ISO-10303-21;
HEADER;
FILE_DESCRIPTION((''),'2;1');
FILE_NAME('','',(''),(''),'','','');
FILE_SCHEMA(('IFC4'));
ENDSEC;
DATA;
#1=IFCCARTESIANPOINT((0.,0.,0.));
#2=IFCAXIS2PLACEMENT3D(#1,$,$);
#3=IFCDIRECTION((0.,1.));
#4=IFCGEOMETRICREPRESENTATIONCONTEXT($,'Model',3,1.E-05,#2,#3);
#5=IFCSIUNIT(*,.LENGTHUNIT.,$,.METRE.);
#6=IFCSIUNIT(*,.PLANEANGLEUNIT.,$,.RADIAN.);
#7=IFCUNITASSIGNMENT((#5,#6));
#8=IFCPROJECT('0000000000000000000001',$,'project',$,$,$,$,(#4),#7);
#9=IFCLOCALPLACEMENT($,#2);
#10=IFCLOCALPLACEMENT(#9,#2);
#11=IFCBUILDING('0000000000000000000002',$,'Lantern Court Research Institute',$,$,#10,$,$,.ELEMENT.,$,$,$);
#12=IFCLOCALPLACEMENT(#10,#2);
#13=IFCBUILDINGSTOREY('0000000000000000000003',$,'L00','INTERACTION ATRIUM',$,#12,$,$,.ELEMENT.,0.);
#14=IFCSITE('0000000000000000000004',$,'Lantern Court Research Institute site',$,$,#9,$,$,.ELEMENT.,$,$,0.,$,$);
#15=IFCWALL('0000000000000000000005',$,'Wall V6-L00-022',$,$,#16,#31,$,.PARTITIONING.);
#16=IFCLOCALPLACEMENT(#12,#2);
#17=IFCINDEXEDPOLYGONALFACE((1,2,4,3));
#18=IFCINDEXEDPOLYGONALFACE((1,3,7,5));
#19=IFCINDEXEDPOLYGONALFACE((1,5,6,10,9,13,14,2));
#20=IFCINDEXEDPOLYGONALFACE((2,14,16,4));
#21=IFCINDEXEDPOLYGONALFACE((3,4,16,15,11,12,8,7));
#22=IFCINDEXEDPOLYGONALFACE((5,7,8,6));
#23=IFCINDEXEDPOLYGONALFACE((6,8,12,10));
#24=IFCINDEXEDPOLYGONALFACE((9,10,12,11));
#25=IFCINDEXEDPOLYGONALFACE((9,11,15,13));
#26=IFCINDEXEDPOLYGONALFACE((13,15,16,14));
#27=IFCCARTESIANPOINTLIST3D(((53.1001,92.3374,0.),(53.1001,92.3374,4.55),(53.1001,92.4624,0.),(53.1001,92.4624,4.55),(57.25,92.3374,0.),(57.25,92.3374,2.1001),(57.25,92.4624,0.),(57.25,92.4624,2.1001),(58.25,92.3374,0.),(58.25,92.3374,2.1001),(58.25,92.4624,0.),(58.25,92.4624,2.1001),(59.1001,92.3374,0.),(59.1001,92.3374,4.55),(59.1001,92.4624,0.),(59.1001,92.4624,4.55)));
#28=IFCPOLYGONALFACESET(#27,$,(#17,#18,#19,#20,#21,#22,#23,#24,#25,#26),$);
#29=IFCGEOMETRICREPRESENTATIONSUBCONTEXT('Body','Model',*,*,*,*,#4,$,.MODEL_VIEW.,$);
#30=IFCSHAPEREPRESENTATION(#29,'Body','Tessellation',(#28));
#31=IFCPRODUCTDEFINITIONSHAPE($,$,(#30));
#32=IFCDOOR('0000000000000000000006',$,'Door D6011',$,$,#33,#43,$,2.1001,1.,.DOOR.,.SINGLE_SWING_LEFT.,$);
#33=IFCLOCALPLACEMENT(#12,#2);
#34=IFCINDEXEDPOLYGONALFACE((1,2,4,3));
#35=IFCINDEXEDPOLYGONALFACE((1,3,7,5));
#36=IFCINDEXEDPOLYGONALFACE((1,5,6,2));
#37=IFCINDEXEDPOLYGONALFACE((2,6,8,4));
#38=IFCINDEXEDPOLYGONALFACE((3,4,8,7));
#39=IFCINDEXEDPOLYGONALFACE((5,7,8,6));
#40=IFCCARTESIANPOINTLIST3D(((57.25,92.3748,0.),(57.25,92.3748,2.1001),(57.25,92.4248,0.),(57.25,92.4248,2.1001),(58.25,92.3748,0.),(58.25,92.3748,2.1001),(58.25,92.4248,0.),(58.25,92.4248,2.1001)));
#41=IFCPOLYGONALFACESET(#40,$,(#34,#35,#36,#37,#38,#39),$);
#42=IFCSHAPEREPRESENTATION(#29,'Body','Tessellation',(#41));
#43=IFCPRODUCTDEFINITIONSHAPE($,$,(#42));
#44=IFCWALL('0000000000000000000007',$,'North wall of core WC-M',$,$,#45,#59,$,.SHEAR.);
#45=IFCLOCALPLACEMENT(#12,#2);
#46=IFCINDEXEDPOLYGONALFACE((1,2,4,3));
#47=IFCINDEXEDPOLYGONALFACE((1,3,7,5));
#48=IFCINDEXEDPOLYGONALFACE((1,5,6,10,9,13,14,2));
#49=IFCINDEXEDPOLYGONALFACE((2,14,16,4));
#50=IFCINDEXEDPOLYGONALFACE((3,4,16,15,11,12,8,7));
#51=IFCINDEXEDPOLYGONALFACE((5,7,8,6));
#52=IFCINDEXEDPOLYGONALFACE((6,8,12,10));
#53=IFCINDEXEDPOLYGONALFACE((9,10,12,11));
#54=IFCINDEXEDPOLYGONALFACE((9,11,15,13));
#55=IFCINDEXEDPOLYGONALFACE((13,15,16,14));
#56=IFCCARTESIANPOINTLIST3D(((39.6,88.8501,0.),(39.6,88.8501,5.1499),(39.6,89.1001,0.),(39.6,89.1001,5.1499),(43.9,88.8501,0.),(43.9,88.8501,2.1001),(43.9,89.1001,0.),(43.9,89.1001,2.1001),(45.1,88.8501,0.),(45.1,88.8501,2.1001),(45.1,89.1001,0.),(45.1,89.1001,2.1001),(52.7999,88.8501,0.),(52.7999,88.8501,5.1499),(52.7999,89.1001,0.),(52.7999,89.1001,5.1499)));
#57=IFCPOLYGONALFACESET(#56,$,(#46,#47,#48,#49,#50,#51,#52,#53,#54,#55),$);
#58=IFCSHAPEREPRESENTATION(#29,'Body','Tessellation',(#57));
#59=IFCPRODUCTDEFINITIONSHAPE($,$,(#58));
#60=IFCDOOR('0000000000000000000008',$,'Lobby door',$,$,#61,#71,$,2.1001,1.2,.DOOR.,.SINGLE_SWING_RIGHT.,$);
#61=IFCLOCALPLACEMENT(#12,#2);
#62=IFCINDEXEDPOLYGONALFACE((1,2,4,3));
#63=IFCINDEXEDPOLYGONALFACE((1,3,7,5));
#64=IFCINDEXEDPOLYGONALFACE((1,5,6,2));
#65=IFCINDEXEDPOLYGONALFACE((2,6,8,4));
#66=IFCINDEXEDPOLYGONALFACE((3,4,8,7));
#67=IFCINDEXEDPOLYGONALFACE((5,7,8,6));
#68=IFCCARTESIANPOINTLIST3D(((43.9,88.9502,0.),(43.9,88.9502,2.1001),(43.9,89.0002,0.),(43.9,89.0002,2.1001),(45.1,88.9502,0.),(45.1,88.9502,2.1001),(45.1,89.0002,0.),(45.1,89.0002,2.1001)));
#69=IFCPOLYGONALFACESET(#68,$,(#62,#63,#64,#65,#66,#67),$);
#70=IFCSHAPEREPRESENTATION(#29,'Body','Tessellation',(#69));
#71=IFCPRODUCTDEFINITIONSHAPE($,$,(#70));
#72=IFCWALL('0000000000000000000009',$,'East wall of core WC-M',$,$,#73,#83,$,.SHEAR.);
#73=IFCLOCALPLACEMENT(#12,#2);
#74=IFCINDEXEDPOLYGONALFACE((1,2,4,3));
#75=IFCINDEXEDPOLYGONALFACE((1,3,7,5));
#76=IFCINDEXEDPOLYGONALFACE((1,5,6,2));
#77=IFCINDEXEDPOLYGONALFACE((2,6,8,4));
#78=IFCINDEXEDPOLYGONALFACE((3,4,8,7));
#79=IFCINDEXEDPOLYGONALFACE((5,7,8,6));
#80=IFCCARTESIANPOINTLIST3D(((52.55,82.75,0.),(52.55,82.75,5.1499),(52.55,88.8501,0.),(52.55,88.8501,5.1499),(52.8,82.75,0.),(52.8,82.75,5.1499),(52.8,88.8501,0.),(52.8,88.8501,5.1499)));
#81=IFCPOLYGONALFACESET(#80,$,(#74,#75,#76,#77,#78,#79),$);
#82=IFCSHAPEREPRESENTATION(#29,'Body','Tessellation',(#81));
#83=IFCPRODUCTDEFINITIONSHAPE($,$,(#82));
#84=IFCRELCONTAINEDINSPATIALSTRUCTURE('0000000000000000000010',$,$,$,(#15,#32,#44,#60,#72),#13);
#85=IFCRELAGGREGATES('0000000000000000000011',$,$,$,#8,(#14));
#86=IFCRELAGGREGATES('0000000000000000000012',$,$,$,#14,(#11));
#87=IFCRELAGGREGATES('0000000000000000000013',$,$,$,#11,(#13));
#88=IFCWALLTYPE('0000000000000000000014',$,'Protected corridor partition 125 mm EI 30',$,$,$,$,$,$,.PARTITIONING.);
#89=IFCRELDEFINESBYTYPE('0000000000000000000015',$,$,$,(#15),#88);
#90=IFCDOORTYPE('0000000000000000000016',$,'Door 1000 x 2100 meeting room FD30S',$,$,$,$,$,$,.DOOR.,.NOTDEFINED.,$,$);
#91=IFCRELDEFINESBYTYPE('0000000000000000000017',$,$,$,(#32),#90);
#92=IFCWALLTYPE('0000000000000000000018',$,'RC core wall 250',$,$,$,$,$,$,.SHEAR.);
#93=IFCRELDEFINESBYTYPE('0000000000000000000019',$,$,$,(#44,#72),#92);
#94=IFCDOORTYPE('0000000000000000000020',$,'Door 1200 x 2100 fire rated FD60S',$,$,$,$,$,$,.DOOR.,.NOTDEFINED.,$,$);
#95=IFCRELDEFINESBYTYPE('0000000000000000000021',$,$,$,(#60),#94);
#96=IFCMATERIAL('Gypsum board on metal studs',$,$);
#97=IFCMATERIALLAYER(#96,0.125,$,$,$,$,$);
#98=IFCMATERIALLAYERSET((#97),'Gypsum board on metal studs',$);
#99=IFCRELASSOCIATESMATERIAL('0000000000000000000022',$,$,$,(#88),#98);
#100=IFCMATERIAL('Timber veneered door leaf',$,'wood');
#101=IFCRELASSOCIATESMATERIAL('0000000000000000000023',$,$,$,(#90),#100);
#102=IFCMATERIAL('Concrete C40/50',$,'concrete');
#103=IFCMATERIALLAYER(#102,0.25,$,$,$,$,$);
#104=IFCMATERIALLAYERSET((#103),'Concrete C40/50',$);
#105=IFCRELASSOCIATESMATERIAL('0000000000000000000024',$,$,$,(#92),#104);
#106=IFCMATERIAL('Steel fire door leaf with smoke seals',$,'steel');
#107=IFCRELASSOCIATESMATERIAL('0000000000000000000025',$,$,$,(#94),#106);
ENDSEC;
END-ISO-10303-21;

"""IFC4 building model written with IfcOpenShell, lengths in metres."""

from ifc_helpers import new_model, si_unit, direction, frame, frame_2d, origin, place, context, subcontext, project, spatial, rectangle, extrude, material, layer, layer_set, type_object, element, fill, save


model = new_model("IFC4")

# Units and contexts
model_context = context("Model", 3, precision=1e-05, world=origin(), true_north=direction((0.0, 1.0)))
body_context = subcontext(model_context, "Body", "Model", "MODEL_VIEW")
ifc_project = project(units=[si_unit("LENGTHUNIT", "METRE"), si_unit("PLANEANGLEUNIT", "RADIAN")], contexts=[model_context])

# Site, building, storey
site_placement = place(None, origin())
site = spatial("IfcSite", under=ifc_project, at=site_placement, Name="Lantern Court Research Institute site", CompositionType="ELEMENT", RefElevation=0.0)
building_placement = place(site_placement, origin())
building = spatial("IfcBuilding", under=site, at=building_placement, Name="Lantern Court Research Institute", CompositionType="ELEMENT")
storey_placement = place(building_placement, origin())
storey = spatial("IfcBuildingStorey", under=building, at=storey_placement, Name="L00", Description="INTERACTION ATRIUM", CompositionType="ELEMENT", Elevation=0.0)

# Shared definitions
ifc_material_1 = material(Name="Gypsum board on metal studs")
ifc_layer_1 = layer(ifc_material_1, 0.125)
ifc_layer_set_1 = layer_set([ifc_layer_1], Name="Gypsum board on metal studs")
wall_type_1 = type_object("IfcWallType", Name="Protected corridor partition 125 mm EI 30", PredefinedType="PARTITIONING", material=ifc_layer_set_1)

# Walls, openings, doors
wall_1_placement = place(storey_placement, frame((53.1001, 92.3999, 0.0), z_axis=(0.0, 0.0, 1.0), x_axis=(1.0, 0.0, 0.0)))
wall_1 = element("IfcWall", 1, at=wall_1_placement, inside=storey, type_object=wall_type_1, Name="Wall V6-L00-022", PredefinedType="PARTITIONING", context=body_context, shape_type="SweptSolid", body=[
    extrude(rectangle(XDim=6.0, YDim=0.125, at=frame_2d((3.0, 0.0))), origin(), (0.0, 0.0, 1.0), 4.55),
])
opening_1_placement = place(wall_1_placement, frame((4.1499, 0.0, 0.0)))
opening_1 = element("IfcOpeningElement", 2, at=opening_1_placement, cuts=wall_1, PredefinedType="OPENING", context=body_context, shape_type="SweptSolid", body=[
    extrude(rectangle(XDim=1.0, YDim=2.1001, at=frame_2d((0.5, 1.05))), frame((0.0, 0.0725, 0.0), z_axis=(0.0, -1.0, 0.0), x_axis=(1.0, 0.0, 0.0)), (0.0, 0.0, 1.0), 0.145),
])
ifc_material_2 = material(Name="Timber veneered door leaf", Category="wood")
door_type_1 = type_object("IfcDoorType", Name="Door 1000 x 2100 meeting room FD30S", OperationType="NOTDEFINED", PredefinedType="DOOR", material=ifc_material_2)
door_1_placement = place(opening_1_placement, origin())
door_1 = element("IfcDoor", 3, at=door_1_placement, inside=storey, type_object=door_type_1, Name="Door D6011", OperationType="SINGLE_SWING_LEFT", OverallHeight=2.1001, OverallWidth=1.0, PredefinedType="DOOR", context=body_context, shape_type="SweptSolid", body=[
    extrude(rectangle(XDim=1.0, YDim=2.1001, at=frame_2d((0.5, 1.05))), frame((0.0, 0.0249, 0.0), z_axis=(0.0, -1.0, 0.0), x_axis=(1.0, 0.0, 0.0)), (0.0, 0.0, 1.0), 0.05),
])
fill(opening_1, door_1)
ifc_material_3 = material(Name="Concrete C40/50", Category="concrete")
ifc_layer_2 = layer(ifc_material_3, 0.25)
ifc_layer_set_2 = layer_set([ifc_layer_2], Name="Concrete C40/50")
wall_type_2 = type_object("IfcWallType", Name="RC core wall 250", PredefinedType="SHEAR", material=ifc_layer_set_2)
wall_2_placement = place(storey_placement, frame((52.8, 88.9751, 0.0), z_axis=(0.0, 0.0, 1.0), x_axis=(-1.0, 0.0, 0.0)))
wall_2 = element("IfcWall", 4, at=wall_2_placement, inside=storey, type_object=wall_type_2, Name="North wall of core WC-M", PredefinedType="SHEAR", context=body_context, shape_type="SweptSolid", body=[
    extrude(rectangle(XDim=13.2, YDim=0.25, at=frame_2d((6.6001, 0.0))), origin(), (0.0, 0.0, 1.0), 5.1499),
])
opening_2_placement = place(wall_2_placement, frame((7.7, 0.0, 0.0)))
opening_2 = element("IfcOpeningElement", 5, at=opening_2_placement, cuts=wall_2, PredefinedType="OPENING", context=body_context, shape_type="SweptSolid", body=[
    extrude(rectangle(XDim=1.2, YDim=2.1001, at=frame_2d((0.6001, 1.05))), frame((0.0, 0.135, 0.0), z_axis=(0.0, -1.0, 0.0), x_axis=(1.0, 0.0, 0.0)), (0.0, 0.0, 1.0), 0.27),
])
ifc_material_4 = material(Name="Steel fire door leaf with smoke seals", Category="steel")
door_type_2 = type_object("IfcDoorType", Name="Door 1200 x 2100 fire rated FD60S", OperationType="NOTDEFINED", PredefinedType="DOOR", material=ifc_material_4)
door_2_placement = place(opening_2_placement, origin())
door_2 = element("IfcDoor", 6, at=door_2_placement, inside=storey, type_object=door_type_2, Name="Lobby door", OperationType="SINGLE_SWING_RIGHT", OverallHeight=2.1001, OverallWidth=1.2, PredefinedType="DOOR", context=body_context, shape_type="SweptSolid", body=[
    extrude(rectangle(XDim=1.2, YDim=2.1001, at=frame_2d((0.6001, 1.05))), frame((0.0, 0.0249, 0.0), z_axis=(0.0, -1.0, 0.0), x_axis=(1.0, 0.0, 0.0)), (0.0, 0.0, 1.0), 0.05),
])
fill(opening_2, door_2)

# Wall
wall_3_placement = place(storey_placement, frame((52.675, 88.8501, 0.0), z_axis=(0.0, 0.0, 1.0), x_axis=(0.0, -1.0, 0.0)))
element("IfcWall", 7, at=wall_3_placement, inside=storey, type_object=wall_type_2, Name="East wall of core WC-M", PredefinedType="SHEAR", context=body_context, shape_type="SweptSolid", body=[
    extrude(rectangle(XDim=6.1001, YDim=0.25, at=frame_2d((3.05, 0.0))), origin(), (0.0, 0.0, 1.0), 5.1499),
])

save(model, "model.ifc")
